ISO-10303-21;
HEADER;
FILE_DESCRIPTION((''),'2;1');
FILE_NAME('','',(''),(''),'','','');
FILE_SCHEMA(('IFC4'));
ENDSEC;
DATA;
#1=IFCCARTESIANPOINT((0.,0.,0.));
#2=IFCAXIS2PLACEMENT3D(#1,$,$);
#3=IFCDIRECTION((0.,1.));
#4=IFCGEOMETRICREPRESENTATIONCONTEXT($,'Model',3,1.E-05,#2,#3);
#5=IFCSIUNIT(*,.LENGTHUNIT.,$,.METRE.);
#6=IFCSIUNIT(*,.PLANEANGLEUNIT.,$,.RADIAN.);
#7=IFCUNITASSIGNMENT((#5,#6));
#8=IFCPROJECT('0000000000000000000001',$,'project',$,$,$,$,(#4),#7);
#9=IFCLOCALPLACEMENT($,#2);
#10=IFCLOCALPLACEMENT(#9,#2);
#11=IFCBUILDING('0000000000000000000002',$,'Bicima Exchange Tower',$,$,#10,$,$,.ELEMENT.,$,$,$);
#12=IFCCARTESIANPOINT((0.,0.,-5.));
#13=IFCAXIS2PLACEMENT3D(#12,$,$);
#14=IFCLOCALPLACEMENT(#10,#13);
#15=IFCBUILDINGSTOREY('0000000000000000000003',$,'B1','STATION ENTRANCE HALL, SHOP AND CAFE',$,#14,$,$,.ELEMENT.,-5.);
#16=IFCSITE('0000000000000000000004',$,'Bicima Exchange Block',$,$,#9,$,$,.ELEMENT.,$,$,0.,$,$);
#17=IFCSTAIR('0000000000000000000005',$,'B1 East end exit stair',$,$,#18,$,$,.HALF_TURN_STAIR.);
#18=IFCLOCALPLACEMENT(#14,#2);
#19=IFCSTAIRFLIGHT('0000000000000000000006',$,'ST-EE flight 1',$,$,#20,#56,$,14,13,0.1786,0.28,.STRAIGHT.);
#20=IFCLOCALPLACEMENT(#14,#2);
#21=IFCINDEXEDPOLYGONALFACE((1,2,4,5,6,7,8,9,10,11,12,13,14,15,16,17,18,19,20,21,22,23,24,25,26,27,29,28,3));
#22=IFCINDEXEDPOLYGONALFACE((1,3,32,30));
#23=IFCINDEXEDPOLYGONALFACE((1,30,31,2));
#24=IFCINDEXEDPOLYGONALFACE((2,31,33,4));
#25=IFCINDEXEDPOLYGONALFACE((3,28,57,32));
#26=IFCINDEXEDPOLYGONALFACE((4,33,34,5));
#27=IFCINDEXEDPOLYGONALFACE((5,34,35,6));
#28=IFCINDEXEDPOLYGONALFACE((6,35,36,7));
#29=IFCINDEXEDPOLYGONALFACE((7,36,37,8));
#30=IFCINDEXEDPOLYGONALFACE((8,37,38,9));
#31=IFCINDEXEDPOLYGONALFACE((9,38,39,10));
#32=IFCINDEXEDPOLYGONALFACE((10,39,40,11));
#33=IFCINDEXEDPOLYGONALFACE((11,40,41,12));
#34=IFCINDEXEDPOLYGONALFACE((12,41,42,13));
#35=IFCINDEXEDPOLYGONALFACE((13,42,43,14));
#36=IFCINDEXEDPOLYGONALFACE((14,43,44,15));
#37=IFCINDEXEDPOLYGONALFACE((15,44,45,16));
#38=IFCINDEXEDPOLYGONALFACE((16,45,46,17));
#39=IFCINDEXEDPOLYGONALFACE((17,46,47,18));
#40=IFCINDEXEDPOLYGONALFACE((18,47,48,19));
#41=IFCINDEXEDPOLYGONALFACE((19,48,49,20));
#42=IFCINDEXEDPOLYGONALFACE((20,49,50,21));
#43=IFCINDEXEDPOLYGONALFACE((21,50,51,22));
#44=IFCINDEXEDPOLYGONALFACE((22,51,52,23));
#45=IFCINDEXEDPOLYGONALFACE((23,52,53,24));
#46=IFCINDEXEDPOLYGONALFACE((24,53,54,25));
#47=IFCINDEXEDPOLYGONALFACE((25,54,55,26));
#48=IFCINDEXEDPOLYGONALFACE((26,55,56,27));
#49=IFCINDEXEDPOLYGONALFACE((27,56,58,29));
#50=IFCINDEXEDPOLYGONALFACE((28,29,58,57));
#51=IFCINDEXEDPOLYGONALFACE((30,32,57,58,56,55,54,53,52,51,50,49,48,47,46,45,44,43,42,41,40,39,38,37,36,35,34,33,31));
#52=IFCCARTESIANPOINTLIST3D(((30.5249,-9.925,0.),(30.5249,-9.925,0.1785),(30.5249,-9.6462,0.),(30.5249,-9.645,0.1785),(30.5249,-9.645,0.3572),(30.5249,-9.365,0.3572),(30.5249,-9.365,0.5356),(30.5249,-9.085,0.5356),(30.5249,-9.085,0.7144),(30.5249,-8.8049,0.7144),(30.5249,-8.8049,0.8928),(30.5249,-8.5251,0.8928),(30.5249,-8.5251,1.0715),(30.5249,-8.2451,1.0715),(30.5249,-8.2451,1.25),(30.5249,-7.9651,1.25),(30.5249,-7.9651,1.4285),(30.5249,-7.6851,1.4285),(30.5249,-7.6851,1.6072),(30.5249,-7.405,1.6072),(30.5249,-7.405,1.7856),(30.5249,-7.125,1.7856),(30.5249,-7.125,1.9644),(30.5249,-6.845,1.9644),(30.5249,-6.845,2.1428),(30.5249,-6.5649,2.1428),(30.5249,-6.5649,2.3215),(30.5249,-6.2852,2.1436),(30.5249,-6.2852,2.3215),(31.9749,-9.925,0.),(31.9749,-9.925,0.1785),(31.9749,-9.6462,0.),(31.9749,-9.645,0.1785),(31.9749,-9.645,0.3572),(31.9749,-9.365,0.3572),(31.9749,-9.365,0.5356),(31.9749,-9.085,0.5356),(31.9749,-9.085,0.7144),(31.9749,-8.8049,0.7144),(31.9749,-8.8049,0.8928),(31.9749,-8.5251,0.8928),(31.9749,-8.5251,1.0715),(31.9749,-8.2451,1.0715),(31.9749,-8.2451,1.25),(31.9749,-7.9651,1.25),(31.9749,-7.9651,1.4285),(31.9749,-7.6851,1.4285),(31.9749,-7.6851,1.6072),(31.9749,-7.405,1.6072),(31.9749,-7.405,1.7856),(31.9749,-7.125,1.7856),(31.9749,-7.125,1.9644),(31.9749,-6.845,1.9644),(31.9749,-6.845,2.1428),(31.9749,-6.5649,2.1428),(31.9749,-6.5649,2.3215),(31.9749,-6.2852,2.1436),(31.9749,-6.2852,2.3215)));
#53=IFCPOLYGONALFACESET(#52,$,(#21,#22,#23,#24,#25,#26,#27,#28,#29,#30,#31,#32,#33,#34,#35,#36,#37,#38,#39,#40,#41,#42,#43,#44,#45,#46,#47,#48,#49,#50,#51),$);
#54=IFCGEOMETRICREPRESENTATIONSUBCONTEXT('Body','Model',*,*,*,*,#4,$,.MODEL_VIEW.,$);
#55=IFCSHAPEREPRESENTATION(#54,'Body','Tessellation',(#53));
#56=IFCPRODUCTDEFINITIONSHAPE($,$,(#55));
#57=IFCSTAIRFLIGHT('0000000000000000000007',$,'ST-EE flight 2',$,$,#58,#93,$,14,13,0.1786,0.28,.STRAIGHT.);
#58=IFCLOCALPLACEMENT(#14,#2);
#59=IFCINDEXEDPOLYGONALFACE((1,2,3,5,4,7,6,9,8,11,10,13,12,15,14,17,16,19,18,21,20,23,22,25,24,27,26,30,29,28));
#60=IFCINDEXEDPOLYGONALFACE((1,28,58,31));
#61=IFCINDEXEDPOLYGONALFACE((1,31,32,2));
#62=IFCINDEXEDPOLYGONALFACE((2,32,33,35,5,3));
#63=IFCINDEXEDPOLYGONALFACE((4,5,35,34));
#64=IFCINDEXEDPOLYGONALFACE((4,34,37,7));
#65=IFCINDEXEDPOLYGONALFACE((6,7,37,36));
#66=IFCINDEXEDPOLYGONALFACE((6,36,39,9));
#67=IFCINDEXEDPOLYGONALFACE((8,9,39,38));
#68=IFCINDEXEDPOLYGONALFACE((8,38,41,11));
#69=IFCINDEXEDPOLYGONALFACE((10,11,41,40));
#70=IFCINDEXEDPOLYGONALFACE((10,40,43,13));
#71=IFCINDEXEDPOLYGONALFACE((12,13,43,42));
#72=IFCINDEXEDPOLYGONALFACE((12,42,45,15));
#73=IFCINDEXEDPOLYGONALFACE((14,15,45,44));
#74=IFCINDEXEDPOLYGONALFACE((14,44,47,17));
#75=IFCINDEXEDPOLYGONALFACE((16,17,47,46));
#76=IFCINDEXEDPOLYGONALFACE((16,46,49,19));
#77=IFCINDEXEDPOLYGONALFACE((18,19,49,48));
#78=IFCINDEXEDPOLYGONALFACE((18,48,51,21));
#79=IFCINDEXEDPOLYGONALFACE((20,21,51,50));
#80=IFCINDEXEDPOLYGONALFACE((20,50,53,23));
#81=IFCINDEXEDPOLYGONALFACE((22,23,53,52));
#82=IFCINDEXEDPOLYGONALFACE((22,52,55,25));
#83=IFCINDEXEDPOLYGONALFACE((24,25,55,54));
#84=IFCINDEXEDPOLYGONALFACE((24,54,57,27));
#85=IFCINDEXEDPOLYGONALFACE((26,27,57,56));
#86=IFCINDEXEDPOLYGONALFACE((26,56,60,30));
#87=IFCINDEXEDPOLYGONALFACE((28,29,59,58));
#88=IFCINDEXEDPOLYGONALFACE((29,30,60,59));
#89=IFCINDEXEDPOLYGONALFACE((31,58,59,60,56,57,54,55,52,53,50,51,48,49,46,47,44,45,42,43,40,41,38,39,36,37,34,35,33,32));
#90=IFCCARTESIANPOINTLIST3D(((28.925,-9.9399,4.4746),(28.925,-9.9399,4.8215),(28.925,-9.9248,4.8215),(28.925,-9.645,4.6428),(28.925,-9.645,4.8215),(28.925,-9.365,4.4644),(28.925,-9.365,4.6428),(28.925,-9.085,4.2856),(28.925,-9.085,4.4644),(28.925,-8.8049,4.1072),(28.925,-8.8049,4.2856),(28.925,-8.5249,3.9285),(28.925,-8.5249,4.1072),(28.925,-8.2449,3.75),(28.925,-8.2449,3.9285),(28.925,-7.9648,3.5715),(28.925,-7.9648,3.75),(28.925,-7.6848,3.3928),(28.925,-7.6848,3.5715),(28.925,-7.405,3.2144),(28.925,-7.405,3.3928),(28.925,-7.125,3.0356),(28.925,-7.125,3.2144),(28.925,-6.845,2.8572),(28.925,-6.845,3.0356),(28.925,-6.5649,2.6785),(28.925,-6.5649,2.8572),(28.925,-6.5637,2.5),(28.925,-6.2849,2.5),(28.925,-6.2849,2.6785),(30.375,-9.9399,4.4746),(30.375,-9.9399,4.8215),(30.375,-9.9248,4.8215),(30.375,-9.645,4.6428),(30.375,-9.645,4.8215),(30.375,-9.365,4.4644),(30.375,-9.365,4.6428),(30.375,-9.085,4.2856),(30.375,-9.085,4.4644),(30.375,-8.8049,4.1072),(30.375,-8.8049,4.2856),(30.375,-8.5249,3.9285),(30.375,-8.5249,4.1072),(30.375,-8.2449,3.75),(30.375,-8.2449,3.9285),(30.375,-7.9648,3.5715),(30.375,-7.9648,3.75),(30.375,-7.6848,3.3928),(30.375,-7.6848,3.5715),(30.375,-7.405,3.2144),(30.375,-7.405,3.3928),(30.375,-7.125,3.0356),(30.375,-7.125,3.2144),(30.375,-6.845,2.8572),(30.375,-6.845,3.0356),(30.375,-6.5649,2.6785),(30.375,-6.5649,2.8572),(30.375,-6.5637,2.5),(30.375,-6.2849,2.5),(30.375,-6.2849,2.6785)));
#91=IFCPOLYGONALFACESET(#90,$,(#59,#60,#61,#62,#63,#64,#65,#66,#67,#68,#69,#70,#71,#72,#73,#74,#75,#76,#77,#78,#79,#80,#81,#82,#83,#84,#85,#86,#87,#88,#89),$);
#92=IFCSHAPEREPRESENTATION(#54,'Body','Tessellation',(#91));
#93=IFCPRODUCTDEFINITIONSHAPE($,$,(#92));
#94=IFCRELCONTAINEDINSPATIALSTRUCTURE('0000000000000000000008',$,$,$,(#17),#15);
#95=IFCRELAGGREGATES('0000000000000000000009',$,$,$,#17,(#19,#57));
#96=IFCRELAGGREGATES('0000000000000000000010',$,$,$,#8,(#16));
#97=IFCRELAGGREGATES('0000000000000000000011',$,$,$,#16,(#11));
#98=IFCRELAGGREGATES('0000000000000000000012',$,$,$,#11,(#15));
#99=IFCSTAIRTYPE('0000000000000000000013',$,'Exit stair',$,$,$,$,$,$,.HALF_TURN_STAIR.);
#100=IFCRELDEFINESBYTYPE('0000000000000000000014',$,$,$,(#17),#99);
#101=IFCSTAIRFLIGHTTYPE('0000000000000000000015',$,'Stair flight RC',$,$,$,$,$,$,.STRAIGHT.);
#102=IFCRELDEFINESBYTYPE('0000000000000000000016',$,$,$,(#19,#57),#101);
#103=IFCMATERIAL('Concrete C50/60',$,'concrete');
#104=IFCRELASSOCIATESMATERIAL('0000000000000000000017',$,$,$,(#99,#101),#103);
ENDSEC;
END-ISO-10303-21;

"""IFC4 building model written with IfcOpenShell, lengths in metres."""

from ifc_helpers import new_model, si_unit, direction, frame, origin, place, context, subcontext, project, spatial, polyline, outline, extrude, material, type_object, element, aggregate, save


model = new_model("IFC4")

# Units and contexts
model_context = context("Model", 3, precision=1e-05, world=origin(), true_north=direction((0.0, 1.0)))
body_context = subcontext(model_context, "Body", "Model", "MODEL_VIEW")
ifc_project = project(units=[si_unit("LENGTHUNIT", "METRE"), si_unit("PLANEANGLEUNIT", "RADIAN")], contexts=[model_context])

# Site, building, storey
site_placement = place(None, origin())
site = spatial("IfcSite", under=ifc_project, at=site_placement, Name="Bicima Exchange Block", CompositionType="ELEMENT", RefElevation=0.0)
building_placement = place(site_placement, origin())
building = spatial("IfcBuilding", under=site, at=building_placement, Name="Bicima Exchange Tower", CompositionType="ELEMENT")
storey_placement = place(building_placement, frame((0.0, 0.0, -5.0)))
storey = spatial("IfcBuildingStorey", under=building, at=storey_placement, Name="B1", Description="STATION ENTRANCE HALL, SHOP AND CAFE", CompositionType="ELEMENT", Elevation=-5.0)

# Shared definitions
ifc_material_1 = material(Name="Concrete C50/60", Category="concrete")

# Shared definitions
stair_type = type_object("IfcStairType", Name="Exit stair", PredefinedType="HALF_TURN_STAIR", material=ifc_material_1)
stair_flight_type = type_object("IfcStairFlightType", Name="Stair flight RC", PredefinedType="STRAIGHT", material=ifc_material_1)

# Stair, stair flights
stair_1_placement = place(storey_placement, origin())
stair_1 = element("IfcStair", 1, at=stair_1_placement, inside=storey, type_object=stair_type, Name="B1 East end exit stair", PredefinedType="HALF_TURN_STAIR")
stair_flight_1_placement = place(storey_placement, frame((31.25, -9.925, 0.0), z_axis=(0.0, 0.0, 1.0), x_axis=(0.0, 1.0, 0.0)))
stair_flight_1 = element("IfcStairFlight", 2, at=stair_flight_1_placement, type_object=stair_flight_type, Name="ST-EE flight 1", NumberOfRisers=14, NumberOfTreads=13, PredefinedType="STRAIGHT", RiserHeight=0.1786, TreadLength=0.28, context=body_context, shape_type="SweptSolid", body=[
    extrude(outline(polyline([(0.0, 0.0), (0.0, 0.1785), (0.28, 0.1785), (0.28, 0.3572), (0.5601, 0.3572), (0.5601, 0.5356), (0.8401, 0.5356), (0.8401, 0.7144), (1.1201, 0.7144), (1.1201, 0.8928), (1.3999, 0.8928), (1.3999, 1.0715), (1.6799, 1.0715), (1.6799, 1.25), (1.96, 1.25), (1.96, 1.4285), (2.24, 1.4285), (2.24, 1.6072), (2.52, 1.6072), (2.52, 1.7856), (2.8, 1.7856), (2.8, 1.9644), (3.0801, 1.9644), (3.0801, 2.1428), (3.3601, 2.1428), (3.3601, 2.3215), (3.6399, 2.3215), (3.6399, 2.5), (3.6399, 2.1436), (0.2788, 0.0), (0.0, 0.0)])), frame((0.0, 0.7251, 0.0), z_axis=(0.0, -1.0, 0.0), x_axis=(1.0, 0.0, 0.0)), (0.0, 0.0, 1.0), 1.45),
])
stair_flight_2_placement = place(storey_placement, frame((29.6499, -6.2849, 2.5), z_axis=(0.0, 0.0, 1.0), x_axis=(0.0, -1.0, 0.0)))
stair_flight_2 = element("IfcStairFlight", 3, at=stair_flight_2_placement, type_object=stair_flight_type, Name="ST-EE flight 2", NumberOfRisers=14, NumberOfTreads=13, PredefinedType="STRAIGHT", RiserHeight=0.1786, TreadLength=0.28, context=body_context, shape_type="SweptSolid", body=[
    extrude(outline(polyline([(0.0, 0.0), (0.0, 0.1785), (0.28, 0.1785), (0.28, 0.3572), (0.5601, 0.3572), (0.5601, 0.5356), (0.8401, 0.5356), (0.8401, 0.7144), (1.1201, 0.7144), (1.1201, 0.8928), (1.3999, 0.8928), (1.3999, 1.0715), (1.6799, 1.0715), (1.6799, 1.25), (1.96, 1.25), (1.96, 1.4285), (2.24, 1.4285), (2.24, 1.6072), (2.52, 1.6072), (2.52, 1.7856), (2.8, 1.7856), (2.8, 1.9644), (3.0801, 1.9644), (3.0801, 2.1428), (3.3601, 2.1428), (3.3601, 2.3215), (3.6399, 2.3215), (3.655, 2.3215), (3.655, 1.9746), (0.2788, 0.0), (0.0, 0.0)])), frame((0.0, 0.7251, 0.0), z_axis=(0.0, -1.0, 0.0), x_axis=(1.0, 0.0, 0.0)), (0.0, 0.0, 1.0), 1.45),
])
aggregate(stair_1, [stair_flight_1, stair_flight_2])

save(model, "model.ifc")
